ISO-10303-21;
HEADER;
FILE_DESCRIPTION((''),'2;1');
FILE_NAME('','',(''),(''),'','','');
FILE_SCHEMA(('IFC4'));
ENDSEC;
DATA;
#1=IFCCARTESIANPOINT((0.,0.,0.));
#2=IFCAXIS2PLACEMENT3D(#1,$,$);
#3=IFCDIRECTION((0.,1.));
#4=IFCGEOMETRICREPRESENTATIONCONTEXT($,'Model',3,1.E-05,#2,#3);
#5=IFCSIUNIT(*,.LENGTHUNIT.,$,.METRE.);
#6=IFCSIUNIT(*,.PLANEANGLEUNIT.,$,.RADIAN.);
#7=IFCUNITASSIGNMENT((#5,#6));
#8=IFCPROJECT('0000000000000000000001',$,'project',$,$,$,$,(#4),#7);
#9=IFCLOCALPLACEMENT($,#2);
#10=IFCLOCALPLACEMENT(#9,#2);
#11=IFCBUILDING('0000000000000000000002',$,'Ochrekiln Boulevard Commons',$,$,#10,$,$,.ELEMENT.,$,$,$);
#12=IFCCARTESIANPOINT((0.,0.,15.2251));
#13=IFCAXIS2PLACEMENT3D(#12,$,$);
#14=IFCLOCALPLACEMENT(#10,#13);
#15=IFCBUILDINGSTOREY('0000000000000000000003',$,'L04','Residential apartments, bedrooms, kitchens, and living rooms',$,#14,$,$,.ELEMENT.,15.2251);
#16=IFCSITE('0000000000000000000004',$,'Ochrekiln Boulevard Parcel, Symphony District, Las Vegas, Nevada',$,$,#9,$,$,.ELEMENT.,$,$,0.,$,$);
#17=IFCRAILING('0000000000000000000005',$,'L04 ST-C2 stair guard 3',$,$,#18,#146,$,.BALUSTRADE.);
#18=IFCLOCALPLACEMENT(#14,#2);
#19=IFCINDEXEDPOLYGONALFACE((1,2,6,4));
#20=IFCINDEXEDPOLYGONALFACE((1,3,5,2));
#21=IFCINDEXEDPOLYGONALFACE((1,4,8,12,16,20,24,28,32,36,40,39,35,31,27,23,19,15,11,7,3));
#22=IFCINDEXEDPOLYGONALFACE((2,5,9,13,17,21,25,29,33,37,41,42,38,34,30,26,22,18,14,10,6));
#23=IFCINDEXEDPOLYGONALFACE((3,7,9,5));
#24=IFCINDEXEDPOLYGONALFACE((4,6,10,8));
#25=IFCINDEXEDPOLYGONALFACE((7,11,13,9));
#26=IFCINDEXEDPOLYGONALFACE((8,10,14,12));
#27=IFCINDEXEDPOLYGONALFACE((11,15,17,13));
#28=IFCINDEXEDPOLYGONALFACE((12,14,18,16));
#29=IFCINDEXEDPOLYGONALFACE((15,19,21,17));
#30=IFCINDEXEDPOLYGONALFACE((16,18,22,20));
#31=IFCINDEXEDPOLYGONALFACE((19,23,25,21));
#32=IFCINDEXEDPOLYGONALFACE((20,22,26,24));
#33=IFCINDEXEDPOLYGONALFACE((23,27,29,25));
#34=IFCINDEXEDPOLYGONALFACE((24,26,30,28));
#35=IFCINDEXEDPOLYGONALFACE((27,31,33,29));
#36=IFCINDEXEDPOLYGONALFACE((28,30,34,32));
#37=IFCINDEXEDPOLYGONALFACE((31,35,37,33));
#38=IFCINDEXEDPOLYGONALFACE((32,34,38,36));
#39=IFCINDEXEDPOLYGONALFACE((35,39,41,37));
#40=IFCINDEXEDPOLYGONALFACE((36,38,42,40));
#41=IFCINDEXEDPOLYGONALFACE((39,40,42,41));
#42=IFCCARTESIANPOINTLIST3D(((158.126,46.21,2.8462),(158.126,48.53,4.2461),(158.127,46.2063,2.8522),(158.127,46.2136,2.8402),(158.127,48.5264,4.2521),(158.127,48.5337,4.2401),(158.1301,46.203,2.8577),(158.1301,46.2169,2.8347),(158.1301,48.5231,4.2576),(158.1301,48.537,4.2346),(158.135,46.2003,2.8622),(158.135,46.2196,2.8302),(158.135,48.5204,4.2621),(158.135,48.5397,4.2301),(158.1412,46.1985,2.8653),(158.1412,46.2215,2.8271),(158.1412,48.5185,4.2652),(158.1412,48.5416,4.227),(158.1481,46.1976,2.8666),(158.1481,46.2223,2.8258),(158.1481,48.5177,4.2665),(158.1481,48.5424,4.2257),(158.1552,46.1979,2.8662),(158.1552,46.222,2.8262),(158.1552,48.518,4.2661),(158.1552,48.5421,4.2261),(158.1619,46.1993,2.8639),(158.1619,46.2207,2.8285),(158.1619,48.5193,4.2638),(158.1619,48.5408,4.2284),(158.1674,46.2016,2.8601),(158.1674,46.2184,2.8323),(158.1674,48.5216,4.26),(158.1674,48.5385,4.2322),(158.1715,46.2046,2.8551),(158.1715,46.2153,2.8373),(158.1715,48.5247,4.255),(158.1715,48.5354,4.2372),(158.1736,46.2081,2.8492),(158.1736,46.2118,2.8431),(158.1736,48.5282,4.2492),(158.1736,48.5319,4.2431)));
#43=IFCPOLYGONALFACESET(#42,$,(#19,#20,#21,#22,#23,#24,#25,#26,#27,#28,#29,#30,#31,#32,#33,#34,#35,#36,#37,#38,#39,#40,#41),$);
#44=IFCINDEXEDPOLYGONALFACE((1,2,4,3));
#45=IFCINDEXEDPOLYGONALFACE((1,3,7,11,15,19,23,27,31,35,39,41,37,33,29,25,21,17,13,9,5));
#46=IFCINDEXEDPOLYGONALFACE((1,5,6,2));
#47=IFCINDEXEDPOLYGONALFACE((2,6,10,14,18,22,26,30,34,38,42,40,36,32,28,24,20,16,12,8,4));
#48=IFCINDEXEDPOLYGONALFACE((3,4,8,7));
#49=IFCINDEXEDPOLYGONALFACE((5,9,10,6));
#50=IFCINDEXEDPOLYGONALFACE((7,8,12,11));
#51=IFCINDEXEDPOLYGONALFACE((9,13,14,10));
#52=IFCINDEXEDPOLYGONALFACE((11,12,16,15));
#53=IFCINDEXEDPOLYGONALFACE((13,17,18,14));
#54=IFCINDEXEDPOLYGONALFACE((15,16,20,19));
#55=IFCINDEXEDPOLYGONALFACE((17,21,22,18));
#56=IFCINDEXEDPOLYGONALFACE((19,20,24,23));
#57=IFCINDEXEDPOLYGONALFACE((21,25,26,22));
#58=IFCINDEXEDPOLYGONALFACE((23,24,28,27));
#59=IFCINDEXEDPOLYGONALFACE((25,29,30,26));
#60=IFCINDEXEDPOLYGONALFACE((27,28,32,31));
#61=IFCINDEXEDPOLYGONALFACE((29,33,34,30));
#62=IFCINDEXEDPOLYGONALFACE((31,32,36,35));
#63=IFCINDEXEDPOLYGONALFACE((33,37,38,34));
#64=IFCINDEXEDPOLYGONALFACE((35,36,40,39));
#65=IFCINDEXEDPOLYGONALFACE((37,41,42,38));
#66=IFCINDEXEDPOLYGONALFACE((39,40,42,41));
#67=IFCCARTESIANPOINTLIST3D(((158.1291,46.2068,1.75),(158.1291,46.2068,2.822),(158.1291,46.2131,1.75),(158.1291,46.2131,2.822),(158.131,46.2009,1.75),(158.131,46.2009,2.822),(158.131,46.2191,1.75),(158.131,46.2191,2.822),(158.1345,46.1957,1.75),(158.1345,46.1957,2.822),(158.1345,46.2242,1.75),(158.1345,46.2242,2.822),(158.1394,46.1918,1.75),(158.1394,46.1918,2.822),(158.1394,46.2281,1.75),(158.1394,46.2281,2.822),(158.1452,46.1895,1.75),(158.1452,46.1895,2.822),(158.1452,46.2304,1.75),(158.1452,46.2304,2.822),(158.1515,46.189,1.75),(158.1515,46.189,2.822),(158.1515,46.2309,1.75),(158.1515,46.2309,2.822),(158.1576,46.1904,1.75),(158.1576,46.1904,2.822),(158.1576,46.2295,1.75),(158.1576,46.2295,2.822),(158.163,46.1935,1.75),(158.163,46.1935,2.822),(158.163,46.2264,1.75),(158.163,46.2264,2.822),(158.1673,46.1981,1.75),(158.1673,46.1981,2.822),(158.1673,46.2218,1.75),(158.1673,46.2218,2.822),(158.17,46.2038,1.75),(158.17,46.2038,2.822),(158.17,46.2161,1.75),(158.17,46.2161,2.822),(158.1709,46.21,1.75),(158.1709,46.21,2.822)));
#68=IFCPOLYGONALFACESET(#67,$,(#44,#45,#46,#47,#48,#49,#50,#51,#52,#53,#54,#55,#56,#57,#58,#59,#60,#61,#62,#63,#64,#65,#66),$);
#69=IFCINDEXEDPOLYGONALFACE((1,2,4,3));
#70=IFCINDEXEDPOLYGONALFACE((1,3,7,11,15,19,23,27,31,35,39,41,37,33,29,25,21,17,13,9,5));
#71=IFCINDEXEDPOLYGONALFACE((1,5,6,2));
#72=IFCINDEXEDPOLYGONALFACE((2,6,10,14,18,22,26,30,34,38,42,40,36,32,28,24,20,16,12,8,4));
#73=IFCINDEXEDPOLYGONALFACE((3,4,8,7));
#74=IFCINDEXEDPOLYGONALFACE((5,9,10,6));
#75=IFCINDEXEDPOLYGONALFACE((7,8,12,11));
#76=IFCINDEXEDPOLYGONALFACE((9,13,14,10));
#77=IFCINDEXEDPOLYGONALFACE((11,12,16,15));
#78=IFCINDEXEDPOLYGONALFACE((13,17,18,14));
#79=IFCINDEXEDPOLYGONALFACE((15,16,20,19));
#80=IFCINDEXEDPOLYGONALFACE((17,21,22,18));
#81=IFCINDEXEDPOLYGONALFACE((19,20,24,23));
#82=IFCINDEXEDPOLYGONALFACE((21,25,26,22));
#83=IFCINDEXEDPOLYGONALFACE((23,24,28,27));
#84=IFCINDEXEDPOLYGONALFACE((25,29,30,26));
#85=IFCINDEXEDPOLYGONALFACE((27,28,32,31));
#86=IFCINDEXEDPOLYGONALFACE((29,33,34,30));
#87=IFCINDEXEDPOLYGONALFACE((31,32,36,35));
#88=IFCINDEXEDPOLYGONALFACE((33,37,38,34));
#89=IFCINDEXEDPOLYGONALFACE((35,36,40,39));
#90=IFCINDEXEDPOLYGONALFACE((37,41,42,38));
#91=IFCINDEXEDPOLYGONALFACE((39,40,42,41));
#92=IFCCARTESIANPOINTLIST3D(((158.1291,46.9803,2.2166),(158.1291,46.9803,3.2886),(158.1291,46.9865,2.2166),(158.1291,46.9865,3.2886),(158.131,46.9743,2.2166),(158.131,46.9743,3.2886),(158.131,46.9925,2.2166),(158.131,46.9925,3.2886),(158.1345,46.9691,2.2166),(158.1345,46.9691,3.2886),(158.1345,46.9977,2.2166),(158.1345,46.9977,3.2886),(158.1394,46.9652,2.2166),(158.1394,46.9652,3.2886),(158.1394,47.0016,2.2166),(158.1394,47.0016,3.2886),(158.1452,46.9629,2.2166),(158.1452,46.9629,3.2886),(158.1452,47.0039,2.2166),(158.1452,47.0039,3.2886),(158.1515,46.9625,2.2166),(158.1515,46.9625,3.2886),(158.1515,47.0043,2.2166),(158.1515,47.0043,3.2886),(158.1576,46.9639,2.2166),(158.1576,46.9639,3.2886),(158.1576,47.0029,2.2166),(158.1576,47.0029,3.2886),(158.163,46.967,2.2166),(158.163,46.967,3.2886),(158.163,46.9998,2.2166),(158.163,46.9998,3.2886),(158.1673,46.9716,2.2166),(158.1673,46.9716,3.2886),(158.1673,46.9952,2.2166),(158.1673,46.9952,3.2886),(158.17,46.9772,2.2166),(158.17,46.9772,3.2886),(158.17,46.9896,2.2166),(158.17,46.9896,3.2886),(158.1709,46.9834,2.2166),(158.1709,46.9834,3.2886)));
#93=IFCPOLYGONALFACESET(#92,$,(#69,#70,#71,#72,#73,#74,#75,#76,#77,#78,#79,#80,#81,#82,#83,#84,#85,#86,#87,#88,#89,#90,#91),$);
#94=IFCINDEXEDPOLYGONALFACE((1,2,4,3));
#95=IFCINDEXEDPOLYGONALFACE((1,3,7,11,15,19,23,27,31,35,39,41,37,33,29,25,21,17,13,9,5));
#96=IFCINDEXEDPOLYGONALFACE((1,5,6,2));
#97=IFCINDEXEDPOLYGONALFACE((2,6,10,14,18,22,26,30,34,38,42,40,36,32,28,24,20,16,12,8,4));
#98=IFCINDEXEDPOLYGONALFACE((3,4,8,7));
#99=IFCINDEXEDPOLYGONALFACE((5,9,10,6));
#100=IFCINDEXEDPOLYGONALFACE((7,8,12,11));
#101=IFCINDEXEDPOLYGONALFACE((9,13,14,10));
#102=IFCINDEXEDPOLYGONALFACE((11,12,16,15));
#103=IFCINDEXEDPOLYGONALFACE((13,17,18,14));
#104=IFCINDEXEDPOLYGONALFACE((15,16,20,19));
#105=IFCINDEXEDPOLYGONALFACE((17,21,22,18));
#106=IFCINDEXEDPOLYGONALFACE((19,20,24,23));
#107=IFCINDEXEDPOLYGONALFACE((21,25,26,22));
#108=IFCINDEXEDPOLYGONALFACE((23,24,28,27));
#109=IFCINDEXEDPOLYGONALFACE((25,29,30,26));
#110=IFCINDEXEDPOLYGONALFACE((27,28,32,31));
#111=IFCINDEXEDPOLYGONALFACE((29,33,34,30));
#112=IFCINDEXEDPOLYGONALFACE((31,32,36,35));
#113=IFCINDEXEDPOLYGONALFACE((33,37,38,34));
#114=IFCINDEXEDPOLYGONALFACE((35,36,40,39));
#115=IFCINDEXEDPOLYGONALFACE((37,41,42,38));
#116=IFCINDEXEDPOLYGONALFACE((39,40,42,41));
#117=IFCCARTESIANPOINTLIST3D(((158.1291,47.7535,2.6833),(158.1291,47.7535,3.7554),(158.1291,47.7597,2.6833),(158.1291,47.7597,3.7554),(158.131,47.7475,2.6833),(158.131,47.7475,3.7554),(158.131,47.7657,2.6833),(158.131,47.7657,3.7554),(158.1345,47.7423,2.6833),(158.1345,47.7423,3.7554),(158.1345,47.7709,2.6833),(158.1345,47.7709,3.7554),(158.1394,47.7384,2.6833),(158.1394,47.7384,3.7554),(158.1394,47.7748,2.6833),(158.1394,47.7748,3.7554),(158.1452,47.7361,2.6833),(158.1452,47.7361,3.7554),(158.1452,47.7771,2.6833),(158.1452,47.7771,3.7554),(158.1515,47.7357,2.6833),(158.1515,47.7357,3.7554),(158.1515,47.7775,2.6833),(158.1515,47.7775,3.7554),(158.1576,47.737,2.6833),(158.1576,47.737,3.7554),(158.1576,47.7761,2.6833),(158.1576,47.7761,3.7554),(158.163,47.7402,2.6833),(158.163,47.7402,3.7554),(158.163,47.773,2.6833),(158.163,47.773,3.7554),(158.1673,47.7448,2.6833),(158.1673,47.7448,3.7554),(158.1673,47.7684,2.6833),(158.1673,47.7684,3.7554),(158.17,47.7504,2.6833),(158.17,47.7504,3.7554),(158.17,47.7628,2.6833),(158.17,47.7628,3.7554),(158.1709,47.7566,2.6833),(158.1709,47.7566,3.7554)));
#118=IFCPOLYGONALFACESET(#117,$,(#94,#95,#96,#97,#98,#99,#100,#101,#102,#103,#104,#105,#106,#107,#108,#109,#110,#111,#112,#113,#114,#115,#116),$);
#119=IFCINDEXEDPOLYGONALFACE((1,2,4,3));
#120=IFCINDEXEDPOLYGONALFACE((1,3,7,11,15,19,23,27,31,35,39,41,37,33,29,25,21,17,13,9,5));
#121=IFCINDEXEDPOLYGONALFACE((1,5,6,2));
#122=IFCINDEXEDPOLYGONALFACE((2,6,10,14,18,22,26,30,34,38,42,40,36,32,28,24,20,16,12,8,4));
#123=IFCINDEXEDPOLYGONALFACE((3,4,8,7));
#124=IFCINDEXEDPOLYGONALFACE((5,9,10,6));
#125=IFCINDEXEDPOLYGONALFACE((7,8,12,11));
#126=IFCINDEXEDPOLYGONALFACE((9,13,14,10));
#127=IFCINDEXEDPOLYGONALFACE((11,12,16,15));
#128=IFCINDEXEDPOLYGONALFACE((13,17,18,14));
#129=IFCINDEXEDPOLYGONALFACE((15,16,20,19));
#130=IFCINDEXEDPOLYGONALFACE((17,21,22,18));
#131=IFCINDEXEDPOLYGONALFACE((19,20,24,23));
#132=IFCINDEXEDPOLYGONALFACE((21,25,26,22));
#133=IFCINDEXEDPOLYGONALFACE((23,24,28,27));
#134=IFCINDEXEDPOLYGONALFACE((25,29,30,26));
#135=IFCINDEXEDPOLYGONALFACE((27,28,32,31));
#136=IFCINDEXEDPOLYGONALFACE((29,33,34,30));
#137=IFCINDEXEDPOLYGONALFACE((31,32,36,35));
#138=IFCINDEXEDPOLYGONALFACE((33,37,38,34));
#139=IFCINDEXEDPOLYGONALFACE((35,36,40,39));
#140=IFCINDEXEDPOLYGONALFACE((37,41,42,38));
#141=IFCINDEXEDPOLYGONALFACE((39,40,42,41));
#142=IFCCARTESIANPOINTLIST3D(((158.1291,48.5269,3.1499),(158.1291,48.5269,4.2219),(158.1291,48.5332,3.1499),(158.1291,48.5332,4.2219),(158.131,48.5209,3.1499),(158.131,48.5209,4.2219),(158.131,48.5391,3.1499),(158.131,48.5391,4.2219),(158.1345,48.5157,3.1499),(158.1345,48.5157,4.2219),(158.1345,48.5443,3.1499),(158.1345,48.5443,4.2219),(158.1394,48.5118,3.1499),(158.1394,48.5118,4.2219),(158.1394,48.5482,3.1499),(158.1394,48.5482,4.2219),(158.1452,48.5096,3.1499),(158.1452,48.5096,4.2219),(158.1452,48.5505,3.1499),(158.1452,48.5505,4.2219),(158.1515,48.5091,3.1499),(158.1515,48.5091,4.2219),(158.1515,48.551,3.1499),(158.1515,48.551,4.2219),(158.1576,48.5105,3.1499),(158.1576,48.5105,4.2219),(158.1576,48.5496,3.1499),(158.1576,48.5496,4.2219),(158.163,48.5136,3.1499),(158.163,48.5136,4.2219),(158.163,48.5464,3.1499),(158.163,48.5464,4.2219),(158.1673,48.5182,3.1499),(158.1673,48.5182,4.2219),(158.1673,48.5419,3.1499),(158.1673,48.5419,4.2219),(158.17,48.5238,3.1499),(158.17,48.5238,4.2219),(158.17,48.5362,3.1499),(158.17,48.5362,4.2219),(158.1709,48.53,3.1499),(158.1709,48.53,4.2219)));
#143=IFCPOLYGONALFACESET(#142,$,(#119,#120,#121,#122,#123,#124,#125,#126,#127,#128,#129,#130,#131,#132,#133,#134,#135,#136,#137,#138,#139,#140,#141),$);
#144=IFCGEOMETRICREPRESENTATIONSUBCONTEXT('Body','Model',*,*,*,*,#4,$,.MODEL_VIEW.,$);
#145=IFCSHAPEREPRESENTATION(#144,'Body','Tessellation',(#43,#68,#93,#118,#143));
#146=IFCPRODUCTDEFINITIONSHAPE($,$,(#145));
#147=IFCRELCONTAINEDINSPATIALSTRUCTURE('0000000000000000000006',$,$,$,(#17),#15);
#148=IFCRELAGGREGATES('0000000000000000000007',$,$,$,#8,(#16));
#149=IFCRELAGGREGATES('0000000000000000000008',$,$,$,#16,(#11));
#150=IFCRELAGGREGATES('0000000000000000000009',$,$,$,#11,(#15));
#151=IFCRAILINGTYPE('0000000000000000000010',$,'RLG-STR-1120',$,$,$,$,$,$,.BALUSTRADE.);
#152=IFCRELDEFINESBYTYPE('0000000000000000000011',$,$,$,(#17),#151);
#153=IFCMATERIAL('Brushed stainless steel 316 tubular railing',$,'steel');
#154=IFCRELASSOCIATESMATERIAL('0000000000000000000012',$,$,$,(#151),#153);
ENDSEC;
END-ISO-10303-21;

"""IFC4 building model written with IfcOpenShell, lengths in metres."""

from ifc_helpers import new_model, si_unit, direction, frame, origin, origin_2d, place, context, subcontext, project, spatial, circle, extrude, material, type_object, element, save


model = new_model("IFC4")

# Units and contexts
model_context = context("Model", 3, precision=1e-05, world=origin(), true_north=direction((0.0, 1.0)))
body_context = subcontext(model_context, "Body", "Model", "MODEL_VIEW")
ifc_project = project(units=[si_unit("LENGTHUNIT", "METRE"), si_unit("PLANEANGLEUNIT", "RADIAN")], contexts=[model_context])

# Site, building, storey
site_placement = place(None, origin())
site = spatial("IfcSite", under=ifc_project, at=site_placement, Name="Ochrekiln Boulevard Parcel, Symphony District, Las Vegas, Nevada", CompositionType="ELEMENT", RefElevation=0.0)
building_placement = place(site_placement, origin())
building = spatial("IfcBuilding", under=site, at=building_placement, Name="Ochrekiln Boulevard Commons", CompositionType="ELEMENT")
storey_placement = place(building_placement, frame((0.0, 0.0, 15.2251)))
storey = spatial("IfcBuildingStorey", under=building, at=storey_placement, Name="L04", Description="Residential apartments, bedrooms, kitchens, and living rooms", CompositionType="ELEMENT", Elevation=15.2251)

# Railing
ifc_material_1 = material(Name="Brushed stainless steel 316 tubular railing", Category="steel")
railing_type_1 = type_object("IfcRailingType", Name="RLG-STR-1120", PredefinedType="BALUSTRADE", material=ifc_material_1)
railing_1_placement = place(storey_placement, frame((158.1499, 46.21, 1.75)))
element("IfcRailing", 1, at=railing_1_placement, inside=storey, type_object=railing_type_1, Name="L04 ST-C2 stair guard 3", PredefinedType="BALUSTRADE", context=body_context, shape_type="SweptSolid", body=[
    extrude(circle(Radius=0.0239, at=origin_2d()), frame((0.0, 0.0, 1.0962), z_axis=(0.0, 0.85621, 0.516627), x_axis=(-1.0, 0.0, 0.0)), (0.0, 0.0, 1.0), 2.7097),
    extrude(circle(Radius=0.021, at=origin_2d()), origin(), (0.0, 0.0, 1.0), 1.072),
    extrude(circle(Radius=0.021, at=origin_2d()), frame((0.0, 0.7734, 0.4666)), (0.0, 0.0, 1.0), 1.072),
    extrude(circle(Radius=0.021, at=origin_2d()), frame((0.0, 1.5466, 0.9333)), (0.0, 0.0, 1.0), 1.072),
    extrude(circle(Radius=0.021, at=origin_2d()), frame((0.0, 2.3201, 1.3999)), (0.0, 0.0, 1.0), 1.072),
])

save(model, "model.ifc")
